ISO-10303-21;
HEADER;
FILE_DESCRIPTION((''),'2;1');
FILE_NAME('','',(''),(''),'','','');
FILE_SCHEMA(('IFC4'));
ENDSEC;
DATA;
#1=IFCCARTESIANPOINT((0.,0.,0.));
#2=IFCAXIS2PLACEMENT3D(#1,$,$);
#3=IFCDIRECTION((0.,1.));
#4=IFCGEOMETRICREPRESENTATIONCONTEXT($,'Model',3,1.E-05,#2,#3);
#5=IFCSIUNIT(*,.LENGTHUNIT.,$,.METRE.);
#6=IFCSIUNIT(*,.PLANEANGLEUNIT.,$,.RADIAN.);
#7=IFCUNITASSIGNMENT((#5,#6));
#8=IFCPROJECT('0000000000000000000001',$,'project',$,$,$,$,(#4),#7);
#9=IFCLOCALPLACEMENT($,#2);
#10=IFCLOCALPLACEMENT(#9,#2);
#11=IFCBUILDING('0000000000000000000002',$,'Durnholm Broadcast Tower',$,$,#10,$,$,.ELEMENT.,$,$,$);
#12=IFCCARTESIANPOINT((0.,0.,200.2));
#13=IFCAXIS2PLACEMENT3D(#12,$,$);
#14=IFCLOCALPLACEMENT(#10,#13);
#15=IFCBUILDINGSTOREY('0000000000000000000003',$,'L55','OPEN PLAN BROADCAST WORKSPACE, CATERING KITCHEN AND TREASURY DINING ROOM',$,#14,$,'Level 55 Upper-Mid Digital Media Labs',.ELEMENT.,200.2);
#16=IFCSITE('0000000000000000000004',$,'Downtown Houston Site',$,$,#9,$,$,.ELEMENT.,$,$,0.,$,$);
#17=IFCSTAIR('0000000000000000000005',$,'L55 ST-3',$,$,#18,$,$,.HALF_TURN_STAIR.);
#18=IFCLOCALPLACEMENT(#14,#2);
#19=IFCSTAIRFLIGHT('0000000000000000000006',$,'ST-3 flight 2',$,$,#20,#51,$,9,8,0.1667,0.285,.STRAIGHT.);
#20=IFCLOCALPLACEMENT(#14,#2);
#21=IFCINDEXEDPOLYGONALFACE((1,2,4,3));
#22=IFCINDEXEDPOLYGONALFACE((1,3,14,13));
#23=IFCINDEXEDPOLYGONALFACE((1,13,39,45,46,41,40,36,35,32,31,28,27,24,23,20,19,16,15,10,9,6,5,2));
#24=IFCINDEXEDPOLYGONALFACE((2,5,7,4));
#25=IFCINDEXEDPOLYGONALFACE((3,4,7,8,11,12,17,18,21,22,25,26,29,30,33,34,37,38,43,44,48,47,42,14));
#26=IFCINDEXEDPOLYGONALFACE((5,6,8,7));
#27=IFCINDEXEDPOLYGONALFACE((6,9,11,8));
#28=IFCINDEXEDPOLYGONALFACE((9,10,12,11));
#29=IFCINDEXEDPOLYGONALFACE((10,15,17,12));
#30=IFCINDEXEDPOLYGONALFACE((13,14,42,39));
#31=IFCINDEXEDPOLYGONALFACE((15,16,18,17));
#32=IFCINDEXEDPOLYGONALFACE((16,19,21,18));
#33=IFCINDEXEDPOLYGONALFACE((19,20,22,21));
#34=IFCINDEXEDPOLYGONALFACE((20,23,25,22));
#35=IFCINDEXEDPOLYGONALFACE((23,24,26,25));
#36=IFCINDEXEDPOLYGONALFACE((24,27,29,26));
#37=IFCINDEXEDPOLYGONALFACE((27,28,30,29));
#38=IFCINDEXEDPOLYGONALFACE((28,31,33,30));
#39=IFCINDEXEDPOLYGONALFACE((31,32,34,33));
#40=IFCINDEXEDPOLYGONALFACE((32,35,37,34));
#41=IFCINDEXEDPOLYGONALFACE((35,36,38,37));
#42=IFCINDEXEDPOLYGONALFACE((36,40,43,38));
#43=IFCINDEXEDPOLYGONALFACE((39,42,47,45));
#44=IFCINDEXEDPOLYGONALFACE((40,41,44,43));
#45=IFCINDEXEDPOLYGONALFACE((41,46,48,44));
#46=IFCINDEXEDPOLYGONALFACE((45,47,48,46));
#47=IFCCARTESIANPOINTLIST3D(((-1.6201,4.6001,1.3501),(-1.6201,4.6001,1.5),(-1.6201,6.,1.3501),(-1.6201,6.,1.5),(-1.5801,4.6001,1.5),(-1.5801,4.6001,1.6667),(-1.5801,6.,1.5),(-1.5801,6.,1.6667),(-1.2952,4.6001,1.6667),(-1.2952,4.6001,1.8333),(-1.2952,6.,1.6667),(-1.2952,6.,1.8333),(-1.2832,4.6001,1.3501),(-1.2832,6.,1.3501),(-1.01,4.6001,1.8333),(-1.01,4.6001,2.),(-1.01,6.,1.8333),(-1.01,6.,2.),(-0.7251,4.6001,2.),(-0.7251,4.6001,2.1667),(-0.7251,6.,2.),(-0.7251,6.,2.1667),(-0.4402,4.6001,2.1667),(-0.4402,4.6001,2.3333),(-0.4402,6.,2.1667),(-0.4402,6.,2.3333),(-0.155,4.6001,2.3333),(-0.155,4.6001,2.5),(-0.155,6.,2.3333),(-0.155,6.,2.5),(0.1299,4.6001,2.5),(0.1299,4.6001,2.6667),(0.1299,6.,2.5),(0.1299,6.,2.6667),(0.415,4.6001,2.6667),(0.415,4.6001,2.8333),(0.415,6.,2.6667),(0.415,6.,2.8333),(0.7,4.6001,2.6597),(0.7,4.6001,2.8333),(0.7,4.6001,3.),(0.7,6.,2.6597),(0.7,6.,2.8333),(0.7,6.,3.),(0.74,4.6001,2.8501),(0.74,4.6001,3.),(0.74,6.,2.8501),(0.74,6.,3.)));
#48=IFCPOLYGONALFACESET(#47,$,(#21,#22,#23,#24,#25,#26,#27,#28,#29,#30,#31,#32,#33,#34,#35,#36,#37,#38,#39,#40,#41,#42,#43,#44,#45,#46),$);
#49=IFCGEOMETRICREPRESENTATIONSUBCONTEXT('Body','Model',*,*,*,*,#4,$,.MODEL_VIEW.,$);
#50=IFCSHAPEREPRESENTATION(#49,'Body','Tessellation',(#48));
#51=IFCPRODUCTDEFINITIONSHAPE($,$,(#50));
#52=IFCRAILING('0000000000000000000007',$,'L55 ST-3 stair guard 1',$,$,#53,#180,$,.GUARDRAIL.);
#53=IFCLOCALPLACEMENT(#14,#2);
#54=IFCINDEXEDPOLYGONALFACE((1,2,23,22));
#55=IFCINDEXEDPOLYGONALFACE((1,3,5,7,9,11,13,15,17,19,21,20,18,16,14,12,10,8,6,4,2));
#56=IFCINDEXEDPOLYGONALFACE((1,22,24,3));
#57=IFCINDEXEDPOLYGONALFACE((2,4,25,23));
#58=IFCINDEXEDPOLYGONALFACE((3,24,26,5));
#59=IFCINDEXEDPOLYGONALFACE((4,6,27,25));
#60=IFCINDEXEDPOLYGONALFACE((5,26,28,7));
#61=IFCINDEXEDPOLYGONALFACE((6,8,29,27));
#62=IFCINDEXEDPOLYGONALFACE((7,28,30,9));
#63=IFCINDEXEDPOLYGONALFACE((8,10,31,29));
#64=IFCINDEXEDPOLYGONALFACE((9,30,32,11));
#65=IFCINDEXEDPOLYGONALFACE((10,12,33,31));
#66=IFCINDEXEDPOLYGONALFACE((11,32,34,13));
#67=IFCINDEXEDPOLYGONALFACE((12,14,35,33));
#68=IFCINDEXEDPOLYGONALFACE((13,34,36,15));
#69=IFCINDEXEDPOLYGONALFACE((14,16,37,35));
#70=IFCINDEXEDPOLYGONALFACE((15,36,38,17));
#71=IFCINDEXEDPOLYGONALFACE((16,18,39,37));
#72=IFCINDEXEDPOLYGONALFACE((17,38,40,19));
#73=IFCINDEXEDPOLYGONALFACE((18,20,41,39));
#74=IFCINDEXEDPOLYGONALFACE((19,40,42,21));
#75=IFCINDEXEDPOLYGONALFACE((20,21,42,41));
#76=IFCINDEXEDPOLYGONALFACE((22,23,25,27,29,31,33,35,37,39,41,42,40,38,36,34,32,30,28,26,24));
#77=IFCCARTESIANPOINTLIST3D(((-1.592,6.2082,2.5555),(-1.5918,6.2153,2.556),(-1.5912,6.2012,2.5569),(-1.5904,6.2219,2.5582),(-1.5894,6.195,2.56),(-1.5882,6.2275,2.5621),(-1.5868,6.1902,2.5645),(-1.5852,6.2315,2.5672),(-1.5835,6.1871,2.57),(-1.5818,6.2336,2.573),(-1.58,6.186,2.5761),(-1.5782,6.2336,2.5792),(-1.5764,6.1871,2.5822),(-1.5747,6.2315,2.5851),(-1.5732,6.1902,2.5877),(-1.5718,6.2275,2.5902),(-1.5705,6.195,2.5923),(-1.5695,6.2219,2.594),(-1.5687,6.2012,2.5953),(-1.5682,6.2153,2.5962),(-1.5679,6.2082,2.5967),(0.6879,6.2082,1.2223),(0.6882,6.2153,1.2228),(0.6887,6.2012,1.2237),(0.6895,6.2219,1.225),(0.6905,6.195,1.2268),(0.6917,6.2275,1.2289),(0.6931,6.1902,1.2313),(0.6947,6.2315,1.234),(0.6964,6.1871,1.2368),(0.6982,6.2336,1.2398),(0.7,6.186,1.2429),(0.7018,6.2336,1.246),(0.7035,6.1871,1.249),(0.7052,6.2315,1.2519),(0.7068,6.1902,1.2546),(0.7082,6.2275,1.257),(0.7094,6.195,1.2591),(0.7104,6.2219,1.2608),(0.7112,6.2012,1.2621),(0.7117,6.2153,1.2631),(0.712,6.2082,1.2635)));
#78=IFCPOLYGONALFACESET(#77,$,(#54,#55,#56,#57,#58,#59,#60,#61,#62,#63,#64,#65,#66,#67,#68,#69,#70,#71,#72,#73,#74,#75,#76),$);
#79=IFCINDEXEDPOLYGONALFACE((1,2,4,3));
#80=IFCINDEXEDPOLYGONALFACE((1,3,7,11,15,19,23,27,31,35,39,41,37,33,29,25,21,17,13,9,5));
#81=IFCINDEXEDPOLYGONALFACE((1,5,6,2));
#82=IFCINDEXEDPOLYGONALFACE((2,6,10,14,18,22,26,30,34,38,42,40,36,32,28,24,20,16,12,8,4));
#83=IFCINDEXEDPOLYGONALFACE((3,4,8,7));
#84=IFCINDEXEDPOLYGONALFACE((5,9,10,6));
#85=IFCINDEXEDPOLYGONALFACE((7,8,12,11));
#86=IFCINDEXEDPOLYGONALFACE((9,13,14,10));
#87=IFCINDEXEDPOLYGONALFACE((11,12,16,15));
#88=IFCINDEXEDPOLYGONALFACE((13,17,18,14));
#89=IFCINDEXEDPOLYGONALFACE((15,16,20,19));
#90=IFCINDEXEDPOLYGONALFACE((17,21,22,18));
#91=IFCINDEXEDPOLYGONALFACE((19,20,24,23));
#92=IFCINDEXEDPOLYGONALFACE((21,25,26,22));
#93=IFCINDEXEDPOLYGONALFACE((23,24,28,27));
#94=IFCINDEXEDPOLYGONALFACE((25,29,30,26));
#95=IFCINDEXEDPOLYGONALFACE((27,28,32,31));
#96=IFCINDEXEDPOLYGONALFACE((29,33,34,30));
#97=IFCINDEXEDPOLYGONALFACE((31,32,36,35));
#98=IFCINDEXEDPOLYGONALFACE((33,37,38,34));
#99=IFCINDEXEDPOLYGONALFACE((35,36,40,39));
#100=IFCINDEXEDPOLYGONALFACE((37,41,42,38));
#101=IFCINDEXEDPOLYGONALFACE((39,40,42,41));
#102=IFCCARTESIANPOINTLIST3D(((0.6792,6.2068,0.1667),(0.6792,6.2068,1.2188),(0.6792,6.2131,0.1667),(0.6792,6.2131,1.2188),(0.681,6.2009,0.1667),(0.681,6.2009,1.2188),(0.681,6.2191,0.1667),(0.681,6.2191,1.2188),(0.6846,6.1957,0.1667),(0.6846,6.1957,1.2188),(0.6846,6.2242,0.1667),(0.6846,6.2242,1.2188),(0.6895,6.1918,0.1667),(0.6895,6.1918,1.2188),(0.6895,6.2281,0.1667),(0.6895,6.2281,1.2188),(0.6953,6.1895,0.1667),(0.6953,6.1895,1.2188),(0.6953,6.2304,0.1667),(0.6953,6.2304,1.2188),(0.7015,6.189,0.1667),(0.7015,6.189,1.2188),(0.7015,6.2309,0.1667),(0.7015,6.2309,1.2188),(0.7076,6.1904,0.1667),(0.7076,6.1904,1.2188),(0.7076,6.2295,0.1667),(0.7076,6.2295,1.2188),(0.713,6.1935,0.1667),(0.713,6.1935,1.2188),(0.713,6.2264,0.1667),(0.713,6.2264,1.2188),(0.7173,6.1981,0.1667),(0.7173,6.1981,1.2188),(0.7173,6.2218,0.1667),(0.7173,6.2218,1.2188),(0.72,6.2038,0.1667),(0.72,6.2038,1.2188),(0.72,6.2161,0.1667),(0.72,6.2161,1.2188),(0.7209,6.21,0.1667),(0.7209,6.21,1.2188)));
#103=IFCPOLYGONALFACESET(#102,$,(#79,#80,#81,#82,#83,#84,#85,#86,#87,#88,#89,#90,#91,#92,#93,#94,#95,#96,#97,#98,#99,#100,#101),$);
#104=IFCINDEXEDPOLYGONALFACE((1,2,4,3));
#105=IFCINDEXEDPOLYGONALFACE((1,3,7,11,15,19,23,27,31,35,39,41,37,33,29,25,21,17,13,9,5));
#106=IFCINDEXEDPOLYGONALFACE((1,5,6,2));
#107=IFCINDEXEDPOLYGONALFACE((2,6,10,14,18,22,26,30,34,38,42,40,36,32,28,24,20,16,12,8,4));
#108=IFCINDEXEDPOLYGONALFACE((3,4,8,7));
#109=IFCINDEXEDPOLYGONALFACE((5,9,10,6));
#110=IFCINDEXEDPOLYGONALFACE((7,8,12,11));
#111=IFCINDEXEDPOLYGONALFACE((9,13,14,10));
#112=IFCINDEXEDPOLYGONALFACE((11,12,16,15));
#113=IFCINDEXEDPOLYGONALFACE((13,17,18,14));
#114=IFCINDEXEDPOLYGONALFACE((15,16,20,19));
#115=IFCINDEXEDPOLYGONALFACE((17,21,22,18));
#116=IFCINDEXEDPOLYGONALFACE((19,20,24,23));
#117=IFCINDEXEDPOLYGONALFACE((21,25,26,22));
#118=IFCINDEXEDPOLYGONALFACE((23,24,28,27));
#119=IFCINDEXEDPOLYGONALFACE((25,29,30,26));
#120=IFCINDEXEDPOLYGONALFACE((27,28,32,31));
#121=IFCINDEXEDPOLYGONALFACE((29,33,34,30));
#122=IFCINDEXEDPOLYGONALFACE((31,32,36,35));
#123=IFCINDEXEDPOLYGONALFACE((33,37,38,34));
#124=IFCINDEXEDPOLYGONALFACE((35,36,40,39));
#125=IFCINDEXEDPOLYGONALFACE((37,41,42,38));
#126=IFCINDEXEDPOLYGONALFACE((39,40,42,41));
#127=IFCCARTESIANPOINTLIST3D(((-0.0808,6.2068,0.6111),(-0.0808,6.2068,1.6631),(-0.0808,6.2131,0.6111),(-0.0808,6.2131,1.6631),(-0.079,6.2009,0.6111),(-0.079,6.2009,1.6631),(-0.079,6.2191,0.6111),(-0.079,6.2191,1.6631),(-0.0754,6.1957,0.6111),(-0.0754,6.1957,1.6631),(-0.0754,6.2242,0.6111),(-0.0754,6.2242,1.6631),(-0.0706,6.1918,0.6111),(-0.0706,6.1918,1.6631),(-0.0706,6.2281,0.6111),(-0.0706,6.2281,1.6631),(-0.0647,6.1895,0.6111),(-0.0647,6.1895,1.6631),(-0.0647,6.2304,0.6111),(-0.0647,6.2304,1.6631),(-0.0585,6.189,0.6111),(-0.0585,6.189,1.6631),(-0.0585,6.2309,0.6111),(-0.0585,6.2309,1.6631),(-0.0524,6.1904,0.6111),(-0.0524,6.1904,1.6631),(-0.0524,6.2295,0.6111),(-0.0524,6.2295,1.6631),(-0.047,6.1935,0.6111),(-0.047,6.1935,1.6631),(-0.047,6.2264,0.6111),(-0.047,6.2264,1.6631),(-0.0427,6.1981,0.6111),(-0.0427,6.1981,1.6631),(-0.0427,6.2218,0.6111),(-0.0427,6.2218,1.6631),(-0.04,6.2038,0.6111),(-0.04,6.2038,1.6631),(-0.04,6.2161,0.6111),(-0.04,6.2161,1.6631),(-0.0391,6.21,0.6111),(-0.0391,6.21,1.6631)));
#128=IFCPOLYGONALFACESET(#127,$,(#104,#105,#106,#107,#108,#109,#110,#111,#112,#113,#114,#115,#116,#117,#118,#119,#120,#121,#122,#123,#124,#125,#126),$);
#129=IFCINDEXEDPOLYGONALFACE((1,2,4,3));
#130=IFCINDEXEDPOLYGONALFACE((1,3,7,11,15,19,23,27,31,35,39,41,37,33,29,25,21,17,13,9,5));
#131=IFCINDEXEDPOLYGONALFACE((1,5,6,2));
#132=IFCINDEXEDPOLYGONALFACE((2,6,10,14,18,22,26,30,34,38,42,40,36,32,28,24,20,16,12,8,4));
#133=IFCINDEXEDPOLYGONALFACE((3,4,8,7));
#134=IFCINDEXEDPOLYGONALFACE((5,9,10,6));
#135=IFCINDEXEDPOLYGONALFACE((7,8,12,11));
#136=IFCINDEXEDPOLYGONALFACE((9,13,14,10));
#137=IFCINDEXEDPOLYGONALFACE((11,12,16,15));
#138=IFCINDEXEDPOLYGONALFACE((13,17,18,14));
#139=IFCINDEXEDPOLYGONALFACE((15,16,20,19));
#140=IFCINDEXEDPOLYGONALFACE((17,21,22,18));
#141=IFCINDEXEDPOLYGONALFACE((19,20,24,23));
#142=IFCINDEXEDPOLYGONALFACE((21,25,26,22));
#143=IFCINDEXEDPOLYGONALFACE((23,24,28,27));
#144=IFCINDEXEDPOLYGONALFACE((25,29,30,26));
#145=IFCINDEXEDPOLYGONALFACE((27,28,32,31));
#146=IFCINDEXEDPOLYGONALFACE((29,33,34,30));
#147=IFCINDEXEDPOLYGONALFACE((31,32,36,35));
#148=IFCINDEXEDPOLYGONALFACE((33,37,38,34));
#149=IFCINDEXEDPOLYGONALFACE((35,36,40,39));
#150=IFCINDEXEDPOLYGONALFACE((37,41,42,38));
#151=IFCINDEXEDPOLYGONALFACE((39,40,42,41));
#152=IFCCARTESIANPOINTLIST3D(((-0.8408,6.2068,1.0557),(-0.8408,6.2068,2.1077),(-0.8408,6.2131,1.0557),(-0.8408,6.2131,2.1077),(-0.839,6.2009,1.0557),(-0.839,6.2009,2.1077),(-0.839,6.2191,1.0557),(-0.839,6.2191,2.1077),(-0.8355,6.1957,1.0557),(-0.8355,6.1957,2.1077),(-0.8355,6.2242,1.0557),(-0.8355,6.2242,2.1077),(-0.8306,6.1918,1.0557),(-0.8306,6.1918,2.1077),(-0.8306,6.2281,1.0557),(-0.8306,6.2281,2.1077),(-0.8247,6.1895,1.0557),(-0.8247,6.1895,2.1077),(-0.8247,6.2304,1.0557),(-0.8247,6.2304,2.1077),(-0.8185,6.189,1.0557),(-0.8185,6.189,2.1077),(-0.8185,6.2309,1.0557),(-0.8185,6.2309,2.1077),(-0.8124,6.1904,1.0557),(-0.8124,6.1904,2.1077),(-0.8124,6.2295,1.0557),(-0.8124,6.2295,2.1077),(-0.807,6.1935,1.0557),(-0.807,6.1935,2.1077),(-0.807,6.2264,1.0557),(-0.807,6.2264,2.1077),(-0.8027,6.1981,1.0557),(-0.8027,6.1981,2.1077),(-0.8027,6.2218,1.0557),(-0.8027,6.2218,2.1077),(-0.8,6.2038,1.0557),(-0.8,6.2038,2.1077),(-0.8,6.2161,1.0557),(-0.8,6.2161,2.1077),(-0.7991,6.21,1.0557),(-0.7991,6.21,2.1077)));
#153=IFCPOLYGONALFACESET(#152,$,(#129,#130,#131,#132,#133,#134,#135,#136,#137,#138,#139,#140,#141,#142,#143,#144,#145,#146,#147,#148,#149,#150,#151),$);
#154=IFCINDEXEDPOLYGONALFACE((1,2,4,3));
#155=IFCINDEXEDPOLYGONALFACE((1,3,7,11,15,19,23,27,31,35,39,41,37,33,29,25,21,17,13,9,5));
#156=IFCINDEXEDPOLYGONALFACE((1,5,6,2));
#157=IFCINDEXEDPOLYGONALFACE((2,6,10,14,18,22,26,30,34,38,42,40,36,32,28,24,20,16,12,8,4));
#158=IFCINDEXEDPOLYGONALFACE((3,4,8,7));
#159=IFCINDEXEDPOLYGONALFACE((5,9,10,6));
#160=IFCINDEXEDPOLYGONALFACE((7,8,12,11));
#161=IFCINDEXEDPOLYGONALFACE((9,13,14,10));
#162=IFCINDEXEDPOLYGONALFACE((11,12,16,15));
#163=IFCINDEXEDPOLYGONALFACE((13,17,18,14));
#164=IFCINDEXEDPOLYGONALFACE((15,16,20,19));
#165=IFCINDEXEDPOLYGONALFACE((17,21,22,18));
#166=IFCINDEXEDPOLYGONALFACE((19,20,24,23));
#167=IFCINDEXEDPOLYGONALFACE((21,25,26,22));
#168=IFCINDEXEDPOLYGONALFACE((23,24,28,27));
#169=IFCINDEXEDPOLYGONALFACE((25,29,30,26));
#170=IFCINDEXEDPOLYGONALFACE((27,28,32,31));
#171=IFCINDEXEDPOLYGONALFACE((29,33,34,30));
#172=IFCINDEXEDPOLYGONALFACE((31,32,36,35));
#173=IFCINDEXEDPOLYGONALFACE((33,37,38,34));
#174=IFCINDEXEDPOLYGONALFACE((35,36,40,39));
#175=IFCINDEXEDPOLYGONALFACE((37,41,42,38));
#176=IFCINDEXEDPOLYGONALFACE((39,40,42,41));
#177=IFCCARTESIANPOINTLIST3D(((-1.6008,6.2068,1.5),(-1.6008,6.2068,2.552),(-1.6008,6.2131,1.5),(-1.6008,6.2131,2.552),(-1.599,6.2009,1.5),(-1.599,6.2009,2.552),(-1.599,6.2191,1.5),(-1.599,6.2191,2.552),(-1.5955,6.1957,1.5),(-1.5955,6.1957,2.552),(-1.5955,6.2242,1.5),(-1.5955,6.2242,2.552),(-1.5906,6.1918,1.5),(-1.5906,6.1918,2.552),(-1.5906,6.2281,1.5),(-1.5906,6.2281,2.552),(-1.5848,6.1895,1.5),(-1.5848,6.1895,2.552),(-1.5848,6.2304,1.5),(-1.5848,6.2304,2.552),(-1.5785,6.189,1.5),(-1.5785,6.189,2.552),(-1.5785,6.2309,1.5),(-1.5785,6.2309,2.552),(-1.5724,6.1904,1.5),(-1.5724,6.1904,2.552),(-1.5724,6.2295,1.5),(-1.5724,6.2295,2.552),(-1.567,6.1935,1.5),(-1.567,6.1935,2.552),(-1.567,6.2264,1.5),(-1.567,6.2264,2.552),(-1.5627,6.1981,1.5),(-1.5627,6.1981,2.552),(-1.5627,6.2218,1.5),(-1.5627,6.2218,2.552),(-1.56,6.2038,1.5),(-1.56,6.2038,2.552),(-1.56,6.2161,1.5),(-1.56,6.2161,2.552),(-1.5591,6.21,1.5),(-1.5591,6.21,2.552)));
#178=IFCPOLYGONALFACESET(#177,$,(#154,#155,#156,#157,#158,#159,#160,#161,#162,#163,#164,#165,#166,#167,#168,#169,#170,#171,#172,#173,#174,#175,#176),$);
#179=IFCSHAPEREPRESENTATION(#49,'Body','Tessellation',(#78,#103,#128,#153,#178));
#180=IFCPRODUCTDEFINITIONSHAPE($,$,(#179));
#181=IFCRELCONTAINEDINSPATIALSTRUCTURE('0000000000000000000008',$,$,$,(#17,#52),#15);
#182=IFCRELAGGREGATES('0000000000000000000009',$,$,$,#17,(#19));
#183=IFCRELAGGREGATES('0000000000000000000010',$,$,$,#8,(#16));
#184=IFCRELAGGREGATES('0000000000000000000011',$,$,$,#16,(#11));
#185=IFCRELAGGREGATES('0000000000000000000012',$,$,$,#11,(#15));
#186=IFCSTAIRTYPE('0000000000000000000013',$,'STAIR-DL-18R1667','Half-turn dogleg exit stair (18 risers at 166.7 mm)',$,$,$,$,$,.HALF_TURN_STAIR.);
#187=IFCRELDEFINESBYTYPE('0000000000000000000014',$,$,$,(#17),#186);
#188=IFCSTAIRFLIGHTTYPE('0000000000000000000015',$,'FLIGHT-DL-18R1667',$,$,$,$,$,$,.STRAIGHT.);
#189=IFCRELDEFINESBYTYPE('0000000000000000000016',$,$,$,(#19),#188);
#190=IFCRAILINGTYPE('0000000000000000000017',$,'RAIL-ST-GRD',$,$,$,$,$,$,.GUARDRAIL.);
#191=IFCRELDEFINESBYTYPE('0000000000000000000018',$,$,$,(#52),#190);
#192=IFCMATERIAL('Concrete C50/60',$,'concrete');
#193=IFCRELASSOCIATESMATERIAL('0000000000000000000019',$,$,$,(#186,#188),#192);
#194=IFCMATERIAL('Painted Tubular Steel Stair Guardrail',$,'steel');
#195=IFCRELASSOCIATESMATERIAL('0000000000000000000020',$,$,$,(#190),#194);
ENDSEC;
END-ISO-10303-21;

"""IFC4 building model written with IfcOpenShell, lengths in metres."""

from ifc_helpers import new_model, si_unit, direction, frame, origin, origin_2d, place, context, subcontext, project, spatial, polyline, circle, outline, extrude, material, type_object, element, aggregate, save


model = new_model("IFC4")

# Units and contexts
model_context = context("Model", 3, precision=1e-05, world=origin(), true_north=direction((0.0, 1.0)))
body_context = subcontext(model_context, "Body", "Model", "MODEL_VIEW")
ifc_project = project(units=[si_unit("LENGTHUNIT", "METRE"), si_unit("PLANEANGLEUNIT", "RADIAN")], contexts=[model_context])

# Site, building, storey
site_placement = place(None, origin())
site = spatial("IfcSite", under=ifc_project, at=site_placement, Name="Downtown Houston Site", CompositionType="ELEMENT", RefElevation=0.0)
building_placement = place(site_placement, origin())
building = spatial("IfcBuilding", under=site, at=building_placement, Name="Durnholm Broadcast Tower", CompositionType="ELEMENT")
storey_placement = place(building_placement, frame((0.0, 0.0, 200.2)))
storey = spatial("IfcBuildingStorey", under=building, at=storey_placement, Name="L55", Description="OPEN PLAN BROADCAST WORKSPACE, CATERING KITCHEN AND TREASURY DINING ROOM", LongName="Level 55 Upper-Mid Digital Media Labs", CompositionType="ELEMENT", Elevation=200.2)

# Stair
ifc_material_1 = material(Name="Concrete C50/60", Category="concrete")
stair_type = type_object("IfcStairType", Name="STAIR-DL-18R1667", Description="Half-turn dogleg exit stair (18 risers at 166.7 mm)", PredefinedType="HALF_TURN_STAIR", material=ifc_material_1)
stair_1_placement = place(storey_placement, origin())
stair_1 = element("IfcStair", 1, at=stair_1_placement, inside=storey, type_object=stair_type, Name="L55 ST-3", PredefinedType="HALF_TURN_STAIR")

# Stair flight
stair_flight_type = type_object("IfcStairFlightType", Name="FLIGHT-DL-18R1667", PredefinedType="STRAIGHT", material=ifc_material_1)
stair_flight_1_placement = place(storey_placement, frame((-1.5801, 5.3, 1.5), z_axis=(0.0, 0.0, 1.0), x_axis=(1.0, 0.0, 0.0)))
stair_flight_1 = element("IfcStairFlight", 2, at=stair_flight_1_placement, type_object=stair_flight_type, Name="ST-3 flight 2", NumberOfRisers=9, NumberOfTreads=8, PredefinedType="STRAIGHT", RiserHeight=0.1667, TreadLength=0.285, context=body_context, shape_type="SweptSolid", body=[
    extrude(outline(polyline([(-0.04, -0.1499), (-0.04, 0.0), (0.0, 0.0), (0.0, 0.1667), (0.2849, 0.1667), (0.2849, 0.3333), (0.5701, 0.3333), (0.5701, 0.5), (0.855, 0.5), (0.855, 0.6667), (1.1399, 0.6667), (1.1399, 0.8333), (1.425, 0.8333), (1.425, 1.0), (1.71, 1.0), (1.71, 1.1667), (1.9951, 1.1667), (1.9951, 1.3333), (2.28, 1.3333), (2.28, 1.5), (2.3201, 1.5), (2.3201, 1.3501), (2.28, 1.1597), (0.2969, -0.1499), (-0.04, -0.1499)])), frame((0.0, 0.7, 0.0), z_axis=(0.0, -1.0, 0.0), x_axis=(1.0, 0.0, 0.0)), (0.0, 0.0, 1.0), 1.3999),
])
aggregate(stair_1, [stair_flight_1])

# Railing
ifc_material_2 = material(Name="Painted Tubular Steel Stair Guardrail", Category="steel")
railing_type_1 = type_object("IfcRailingType", Name="RAIL-ST-GRD", PredefinedType="GUARDRAIL", material=ifc_material_2)
railing_1_placement = place(storey_placement, frame((0.7, 6.21, 0.1667)))
element("IfcRailing", 3, at=railing_1_placement, inside=storey, type_object=railing_type_1, Name="L55 ST-3 stair guard 1", PredefinedType="GUARDRAIL", context=body_context, shape_type="SweptSolid", body=[
    extrude(circle(Radius=0.0239, at=origin_2d()), frame((0.0, 0.0, 1.0762), z_axis=(-0.863245, 0.0, 0.504785), x_axis=(0.0, -1.0, 0.0)), (0.0, 0.0, 1.0), 2.6411),
    extrude(circle(Radius=0.021, at=origin_2d()), origin(), (0.0, 0.0, 1.0), 1.052),
    extrude(circle(Radius=0.021, at=origin_2d()), frame((-0.76, 0.0, 0.4443)), (0.0, 0.0, 1.0), 1.052),
    extrude(circle(Radius=0.021, at=origin_2d()), frame((-1.52, 0.0, 0.8889)), (0.0, 0.0, 1.0), 1.052),
    extrude(circle(Radius=0.021, at=origin_2d()), frame((-2.28, 0.0, 1.3333)), (0.0, 0.0, 1.0), 1.052),
])

save(model, "model.ifc")
